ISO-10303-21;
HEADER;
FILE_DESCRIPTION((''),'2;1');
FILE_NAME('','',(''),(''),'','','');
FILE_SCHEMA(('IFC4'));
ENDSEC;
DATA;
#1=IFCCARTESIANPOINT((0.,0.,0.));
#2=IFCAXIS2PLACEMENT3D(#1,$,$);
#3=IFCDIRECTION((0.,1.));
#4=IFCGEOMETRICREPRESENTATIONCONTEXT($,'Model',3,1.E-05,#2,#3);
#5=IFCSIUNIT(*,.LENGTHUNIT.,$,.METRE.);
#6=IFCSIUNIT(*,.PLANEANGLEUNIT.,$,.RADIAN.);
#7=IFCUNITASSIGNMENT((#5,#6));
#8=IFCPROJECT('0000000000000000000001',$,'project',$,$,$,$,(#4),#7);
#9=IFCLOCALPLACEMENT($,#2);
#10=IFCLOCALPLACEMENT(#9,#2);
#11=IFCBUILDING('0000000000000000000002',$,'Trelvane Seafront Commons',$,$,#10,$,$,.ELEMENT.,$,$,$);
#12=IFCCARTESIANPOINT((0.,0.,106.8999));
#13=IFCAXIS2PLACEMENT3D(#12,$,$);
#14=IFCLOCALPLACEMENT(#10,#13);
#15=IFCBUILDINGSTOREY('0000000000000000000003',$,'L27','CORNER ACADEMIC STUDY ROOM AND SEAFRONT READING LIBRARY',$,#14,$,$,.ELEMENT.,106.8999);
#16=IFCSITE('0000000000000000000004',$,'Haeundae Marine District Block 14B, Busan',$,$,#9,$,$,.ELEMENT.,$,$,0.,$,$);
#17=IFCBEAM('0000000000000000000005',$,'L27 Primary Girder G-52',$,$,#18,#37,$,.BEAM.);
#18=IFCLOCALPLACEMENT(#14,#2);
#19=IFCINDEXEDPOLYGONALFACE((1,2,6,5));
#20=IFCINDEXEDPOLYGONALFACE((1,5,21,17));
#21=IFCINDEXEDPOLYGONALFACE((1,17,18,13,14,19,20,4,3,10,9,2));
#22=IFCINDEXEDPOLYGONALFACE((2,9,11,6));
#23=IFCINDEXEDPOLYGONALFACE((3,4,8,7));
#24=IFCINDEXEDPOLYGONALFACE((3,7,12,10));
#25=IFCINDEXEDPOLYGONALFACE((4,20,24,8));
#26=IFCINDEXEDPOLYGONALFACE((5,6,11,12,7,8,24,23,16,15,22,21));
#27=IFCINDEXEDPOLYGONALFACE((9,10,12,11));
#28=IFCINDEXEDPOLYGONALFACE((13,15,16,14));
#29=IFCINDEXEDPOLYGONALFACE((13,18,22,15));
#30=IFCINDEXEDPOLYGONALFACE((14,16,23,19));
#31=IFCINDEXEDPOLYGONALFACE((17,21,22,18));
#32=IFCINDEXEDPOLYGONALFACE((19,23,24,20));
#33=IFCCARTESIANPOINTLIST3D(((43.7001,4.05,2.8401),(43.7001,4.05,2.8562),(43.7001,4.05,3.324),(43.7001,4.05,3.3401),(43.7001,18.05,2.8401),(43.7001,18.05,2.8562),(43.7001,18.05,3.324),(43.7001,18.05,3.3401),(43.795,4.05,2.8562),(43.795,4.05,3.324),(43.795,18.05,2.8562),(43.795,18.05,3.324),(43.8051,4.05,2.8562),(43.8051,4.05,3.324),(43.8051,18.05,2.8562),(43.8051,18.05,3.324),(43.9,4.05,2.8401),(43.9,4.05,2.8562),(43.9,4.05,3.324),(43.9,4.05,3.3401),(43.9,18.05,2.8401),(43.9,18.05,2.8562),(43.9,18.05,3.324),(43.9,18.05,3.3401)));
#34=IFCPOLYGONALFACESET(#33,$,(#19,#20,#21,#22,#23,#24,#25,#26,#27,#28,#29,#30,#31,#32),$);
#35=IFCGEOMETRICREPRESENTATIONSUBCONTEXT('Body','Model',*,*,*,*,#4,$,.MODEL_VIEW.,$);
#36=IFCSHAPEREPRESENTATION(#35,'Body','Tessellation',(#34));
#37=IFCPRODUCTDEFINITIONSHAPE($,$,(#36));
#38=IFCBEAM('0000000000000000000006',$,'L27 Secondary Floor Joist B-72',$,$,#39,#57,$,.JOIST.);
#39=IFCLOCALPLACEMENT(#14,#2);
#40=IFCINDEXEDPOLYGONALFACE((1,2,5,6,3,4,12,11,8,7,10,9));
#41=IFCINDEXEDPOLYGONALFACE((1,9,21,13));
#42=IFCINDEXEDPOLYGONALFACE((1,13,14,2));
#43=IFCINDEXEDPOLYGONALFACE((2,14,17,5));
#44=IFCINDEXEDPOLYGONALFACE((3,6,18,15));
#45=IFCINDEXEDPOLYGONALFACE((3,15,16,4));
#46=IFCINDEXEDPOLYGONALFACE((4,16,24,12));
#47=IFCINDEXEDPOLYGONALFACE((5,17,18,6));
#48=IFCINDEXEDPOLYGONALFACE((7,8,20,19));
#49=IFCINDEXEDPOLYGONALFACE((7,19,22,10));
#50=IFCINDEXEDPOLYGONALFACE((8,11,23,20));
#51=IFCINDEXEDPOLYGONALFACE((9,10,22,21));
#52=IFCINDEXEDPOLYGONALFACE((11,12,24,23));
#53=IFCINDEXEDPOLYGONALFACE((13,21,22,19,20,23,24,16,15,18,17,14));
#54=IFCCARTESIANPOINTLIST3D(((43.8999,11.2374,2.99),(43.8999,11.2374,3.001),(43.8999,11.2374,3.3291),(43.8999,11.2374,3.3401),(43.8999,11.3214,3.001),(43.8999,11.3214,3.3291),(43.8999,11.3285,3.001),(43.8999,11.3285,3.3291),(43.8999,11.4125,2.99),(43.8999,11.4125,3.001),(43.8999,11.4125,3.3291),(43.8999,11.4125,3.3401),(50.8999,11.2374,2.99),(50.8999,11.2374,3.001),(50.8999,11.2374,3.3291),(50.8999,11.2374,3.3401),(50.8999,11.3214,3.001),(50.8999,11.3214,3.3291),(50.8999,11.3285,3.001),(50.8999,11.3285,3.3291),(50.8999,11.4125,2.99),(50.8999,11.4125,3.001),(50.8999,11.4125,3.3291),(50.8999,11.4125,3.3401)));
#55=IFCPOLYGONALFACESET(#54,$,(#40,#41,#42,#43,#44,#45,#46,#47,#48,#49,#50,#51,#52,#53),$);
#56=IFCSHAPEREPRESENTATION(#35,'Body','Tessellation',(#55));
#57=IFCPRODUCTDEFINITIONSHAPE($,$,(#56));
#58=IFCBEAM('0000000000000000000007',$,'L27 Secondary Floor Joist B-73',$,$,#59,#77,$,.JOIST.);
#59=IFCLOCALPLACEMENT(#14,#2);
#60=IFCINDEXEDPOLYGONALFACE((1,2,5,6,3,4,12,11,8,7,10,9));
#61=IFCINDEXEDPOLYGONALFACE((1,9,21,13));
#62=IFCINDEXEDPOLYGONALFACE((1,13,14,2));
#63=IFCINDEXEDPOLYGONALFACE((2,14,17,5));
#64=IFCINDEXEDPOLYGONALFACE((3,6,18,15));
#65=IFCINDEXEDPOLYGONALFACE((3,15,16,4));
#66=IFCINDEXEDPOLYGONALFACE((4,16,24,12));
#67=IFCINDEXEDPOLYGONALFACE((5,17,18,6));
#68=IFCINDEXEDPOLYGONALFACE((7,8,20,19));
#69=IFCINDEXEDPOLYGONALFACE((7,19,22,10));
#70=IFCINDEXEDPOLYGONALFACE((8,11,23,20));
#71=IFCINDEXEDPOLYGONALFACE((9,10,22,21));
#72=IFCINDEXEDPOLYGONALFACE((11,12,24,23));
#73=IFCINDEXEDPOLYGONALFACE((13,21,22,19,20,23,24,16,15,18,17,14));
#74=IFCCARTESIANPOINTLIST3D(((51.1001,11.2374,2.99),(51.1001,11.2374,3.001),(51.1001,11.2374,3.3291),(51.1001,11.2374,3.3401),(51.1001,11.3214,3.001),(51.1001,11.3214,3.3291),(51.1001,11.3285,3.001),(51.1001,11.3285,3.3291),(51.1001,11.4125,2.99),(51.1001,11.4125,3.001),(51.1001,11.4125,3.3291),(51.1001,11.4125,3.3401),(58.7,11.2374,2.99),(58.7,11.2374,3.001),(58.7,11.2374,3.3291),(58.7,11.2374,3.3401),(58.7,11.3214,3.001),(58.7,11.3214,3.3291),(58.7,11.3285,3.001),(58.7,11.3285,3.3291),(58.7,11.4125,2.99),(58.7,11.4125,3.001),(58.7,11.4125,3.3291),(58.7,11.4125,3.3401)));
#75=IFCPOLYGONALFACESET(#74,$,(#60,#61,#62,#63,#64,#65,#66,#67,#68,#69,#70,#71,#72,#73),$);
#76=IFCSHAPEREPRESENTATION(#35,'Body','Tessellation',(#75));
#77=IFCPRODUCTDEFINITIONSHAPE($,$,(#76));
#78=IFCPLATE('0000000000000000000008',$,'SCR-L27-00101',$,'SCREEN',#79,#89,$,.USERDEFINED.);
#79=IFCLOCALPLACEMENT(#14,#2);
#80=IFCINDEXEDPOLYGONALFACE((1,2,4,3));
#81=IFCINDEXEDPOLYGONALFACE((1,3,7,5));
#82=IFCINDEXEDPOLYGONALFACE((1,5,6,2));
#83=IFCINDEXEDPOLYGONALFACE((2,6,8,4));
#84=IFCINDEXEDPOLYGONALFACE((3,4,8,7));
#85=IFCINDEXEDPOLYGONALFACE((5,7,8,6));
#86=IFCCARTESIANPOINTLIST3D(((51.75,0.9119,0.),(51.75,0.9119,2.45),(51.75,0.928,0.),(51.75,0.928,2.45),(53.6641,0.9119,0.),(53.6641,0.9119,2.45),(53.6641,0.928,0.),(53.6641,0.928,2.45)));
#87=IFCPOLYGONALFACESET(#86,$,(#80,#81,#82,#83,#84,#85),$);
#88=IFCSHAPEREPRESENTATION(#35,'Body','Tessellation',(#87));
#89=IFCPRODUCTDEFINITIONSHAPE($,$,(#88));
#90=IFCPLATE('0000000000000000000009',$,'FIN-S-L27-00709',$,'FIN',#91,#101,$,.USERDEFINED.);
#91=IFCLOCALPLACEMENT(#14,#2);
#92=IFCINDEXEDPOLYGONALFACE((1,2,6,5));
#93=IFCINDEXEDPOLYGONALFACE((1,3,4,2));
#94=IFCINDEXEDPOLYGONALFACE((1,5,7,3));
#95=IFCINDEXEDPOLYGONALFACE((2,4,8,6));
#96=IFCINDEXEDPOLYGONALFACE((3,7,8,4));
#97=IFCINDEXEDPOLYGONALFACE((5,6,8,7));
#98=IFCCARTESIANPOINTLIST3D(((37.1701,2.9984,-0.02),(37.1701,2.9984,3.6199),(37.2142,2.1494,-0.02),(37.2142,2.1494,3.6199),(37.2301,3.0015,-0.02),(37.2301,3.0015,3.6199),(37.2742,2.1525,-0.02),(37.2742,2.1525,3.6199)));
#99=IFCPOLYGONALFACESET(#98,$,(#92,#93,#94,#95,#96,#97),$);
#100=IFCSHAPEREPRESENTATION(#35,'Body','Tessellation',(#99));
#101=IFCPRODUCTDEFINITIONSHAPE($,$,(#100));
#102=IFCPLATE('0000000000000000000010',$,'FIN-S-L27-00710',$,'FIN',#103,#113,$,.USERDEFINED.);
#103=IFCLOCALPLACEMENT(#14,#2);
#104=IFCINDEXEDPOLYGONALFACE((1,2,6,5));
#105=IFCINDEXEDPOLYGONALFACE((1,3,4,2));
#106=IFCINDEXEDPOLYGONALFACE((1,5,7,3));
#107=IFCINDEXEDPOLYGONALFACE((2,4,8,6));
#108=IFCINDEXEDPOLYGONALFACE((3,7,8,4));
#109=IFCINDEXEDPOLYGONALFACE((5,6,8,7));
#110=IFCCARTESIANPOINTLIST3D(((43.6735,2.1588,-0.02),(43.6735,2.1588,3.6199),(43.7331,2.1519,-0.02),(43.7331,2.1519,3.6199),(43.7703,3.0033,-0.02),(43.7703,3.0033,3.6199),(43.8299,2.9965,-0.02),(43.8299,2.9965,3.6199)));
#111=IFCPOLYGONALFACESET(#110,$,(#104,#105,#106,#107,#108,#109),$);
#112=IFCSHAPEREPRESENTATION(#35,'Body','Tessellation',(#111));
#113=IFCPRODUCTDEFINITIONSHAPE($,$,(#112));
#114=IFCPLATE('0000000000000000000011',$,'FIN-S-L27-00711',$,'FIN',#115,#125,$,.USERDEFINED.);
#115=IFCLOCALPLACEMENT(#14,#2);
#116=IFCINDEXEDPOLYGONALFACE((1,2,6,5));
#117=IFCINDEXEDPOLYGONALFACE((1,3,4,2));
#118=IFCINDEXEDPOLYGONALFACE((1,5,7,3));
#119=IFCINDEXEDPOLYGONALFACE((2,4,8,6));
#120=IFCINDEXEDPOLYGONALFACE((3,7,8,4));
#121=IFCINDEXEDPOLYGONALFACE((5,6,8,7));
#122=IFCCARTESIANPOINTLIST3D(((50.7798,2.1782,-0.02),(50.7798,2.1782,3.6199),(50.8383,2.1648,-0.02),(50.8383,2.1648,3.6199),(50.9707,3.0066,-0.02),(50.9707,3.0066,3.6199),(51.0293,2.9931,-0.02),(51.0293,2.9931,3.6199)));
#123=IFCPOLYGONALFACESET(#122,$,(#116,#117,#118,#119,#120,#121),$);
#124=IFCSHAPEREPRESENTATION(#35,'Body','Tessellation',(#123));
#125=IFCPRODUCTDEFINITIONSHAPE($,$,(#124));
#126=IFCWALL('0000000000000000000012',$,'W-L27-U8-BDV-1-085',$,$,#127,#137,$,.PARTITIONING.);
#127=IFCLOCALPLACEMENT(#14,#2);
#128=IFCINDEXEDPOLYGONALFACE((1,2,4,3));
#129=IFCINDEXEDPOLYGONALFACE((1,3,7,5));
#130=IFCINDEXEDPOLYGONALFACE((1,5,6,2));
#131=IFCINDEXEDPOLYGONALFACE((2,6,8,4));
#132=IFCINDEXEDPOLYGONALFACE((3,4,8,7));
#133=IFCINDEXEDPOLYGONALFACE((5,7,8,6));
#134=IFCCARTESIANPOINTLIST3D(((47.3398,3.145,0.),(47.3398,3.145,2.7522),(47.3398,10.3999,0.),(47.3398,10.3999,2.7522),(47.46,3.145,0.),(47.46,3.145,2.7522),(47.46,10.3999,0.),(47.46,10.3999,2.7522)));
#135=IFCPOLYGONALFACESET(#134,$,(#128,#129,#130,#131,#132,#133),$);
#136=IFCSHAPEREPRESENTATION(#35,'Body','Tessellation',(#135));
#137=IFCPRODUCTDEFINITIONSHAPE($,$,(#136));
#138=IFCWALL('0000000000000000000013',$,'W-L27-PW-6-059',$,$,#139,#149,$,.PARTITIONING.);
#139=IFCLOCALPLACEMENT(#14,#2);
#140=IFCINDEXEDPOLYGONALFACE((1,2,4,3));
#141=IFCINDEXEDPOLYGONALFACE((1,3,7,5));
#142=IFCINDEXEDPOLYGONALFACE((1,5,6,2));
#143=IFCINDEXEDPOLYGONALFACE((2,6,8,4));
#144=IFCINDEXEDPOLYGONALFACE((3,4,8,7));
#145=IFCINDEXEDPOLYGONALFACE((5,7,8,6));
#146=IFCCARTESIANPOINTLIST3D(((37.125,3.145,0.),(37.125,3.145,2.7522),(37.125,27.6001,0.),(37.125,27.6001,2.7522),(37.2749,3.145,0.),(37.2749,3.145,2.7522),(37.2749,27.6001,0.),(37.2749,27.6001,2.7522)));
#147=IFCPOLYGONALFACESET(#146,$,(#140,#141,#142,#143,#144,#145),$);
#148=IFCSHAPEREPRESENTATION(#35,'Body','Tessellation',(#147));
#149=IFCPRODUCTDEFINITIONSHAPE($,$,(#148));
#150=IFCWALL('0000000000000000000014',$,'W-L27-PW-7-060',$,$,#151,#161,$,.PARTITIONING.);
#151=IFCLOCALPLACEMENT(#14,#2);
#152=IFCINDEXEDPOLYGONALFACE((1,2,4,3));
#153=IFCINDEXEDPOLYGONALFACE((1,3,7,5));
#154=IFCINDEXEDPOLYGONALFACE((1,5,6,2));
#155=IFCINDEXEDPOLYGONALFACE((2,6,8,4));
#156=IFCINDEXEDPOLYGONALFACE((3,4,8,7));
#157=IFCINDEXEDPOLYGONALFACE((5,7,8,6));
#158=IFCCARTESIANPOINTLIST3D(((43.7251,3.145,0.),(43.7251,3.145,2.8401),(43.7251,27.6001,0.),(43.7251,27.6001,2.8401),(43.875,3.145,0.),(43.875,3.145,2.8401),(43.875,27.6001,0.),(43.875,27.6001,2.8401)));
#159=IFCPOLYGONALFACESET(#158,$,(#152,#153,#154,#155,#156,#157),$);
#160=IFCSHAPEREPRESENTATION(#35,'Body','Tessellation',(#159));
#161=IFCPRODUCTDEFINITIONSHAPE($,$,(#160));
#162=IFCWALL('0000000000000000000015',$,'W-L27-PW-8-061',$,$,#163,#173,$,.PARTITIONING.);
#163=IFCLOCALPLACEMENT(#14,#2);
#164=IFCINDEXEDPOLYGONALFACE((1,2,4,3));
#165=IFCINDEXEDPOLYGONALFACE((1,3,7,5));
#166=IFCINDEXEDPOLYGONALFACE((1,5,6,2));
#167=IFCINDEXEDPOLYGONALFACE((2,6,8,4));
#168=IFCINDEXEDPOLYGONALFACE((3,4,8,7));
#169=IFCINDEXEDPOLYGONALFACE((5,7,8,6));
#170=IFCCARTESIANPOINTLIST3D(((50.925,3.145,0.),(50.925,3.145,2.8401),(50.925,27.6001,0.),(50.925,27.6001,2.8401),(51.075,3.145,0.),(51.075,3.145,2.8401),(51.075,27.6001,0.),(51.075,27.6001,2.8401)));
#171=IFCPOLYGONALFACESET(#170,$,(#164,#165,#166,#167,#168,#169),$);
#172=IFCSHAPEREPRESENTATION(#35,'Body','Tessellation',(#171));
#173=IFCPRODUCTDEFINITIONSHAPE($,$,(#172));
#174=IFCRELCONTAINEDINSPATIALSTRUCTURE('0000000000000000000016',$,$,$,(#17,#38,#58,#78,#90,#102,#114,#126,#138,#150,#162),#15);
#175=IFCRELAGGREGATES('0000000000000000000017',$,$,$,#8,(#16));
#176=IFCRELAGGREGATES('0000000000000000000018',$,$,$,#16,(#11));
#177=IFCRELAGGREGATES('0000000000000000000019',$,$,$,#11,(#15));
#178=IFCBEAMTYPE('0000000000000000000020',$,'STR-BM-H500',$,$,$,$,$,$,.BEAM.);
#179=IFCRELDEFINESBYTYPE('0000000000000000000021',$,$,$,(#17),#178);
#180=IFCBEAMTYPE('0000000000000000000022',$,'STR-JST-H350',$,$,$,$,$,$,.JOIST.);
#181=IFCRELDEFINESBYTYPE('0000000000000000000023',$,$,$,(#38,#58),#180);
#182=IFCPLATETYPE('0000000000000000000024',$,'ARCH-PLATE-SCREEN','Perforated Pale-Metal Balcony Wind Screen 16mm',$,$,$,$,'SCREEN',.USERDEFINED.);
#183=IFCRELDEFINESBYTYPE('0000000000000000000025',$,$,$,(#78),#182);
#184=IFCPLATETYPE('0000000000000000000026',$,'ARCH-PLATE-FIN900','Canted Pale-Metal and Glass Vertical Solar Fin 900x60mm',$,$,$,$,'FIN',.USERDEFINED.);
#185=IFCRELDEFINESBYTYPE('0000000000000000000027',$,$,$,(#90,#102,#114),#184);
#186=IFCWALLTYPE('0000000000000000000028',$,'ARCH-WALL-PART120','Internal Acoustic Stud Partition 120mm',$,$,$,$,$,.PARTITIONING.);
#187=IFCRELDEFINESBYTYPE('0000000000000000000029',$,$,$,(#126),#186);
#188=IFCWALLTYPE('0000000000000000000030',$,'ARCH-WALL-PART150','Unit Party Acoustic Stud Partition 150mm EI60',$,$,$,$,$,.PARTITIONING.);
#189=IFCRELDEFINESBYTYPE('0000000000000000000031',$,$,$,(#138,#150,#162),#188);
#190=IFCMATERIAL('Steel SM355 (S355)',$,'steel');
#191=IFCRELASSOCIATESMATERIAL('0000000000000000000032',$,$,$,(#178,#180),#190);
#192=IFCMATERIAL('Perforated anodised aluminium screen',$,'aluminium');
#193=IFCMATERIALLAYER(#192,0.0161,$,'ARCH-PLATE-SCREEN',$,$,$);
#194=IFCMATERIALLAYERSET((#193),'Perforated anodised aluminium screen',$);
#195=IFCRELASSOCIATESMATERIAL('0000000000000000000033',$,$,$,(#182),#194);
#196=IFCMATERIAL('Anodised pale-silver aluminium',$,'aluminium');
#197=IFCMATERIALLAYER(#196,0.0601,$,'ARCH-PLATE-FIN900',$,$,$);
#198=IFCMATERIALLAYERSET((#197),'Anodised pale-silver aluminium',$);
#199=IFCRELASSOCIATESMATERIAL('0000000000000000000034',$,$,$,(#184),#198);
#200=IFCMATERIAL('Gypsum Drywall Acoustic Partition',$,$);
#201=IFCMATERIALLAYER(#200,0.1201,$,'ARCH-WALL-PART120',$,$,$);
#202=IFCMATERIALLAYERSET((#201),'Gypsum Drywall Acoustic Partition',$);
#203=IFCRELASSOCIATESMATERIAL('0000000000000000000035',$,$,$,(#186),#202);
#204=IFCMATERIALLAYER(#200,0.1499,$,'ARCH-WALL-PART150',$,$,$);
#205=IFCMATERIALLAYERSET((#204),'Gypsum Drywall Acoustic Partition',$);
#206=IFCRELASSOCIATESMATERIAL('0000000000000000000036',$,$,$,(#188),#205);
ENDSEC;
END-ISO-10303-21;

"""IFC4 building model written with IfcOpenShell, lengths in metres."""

from ifc_helpers import new_model, si_unit, direction, frame, frame_2d, origin, origin_2d, place, context, subcontext, project, spatial, rectangle, i_section, extrude, source, transform, mapped, material, layer, layer_set, material_profile, profile_set, type_object, element, save


model = new_model("IFC4")

# Units and contexts
model_context = context("Model", 3, precision=1e-05, world=origin(), true_north=direction((0.0, 1.0)))
body_context = subcontext(model_context, "Body", "Model", "MODEL_VIEW")
ifc_project = project(units=[si_unit("LENGTHUNIT", "METRE"), si_unit("PLANEANGLEUNIT", "RADIAN")], contexts=[model_context])

# Site, building, storey
site_placement = place(None, origin())
site = spatial("IfcSite", under=ifc_project, at=site_placement, Name="Haeundae Marine District Block 14B, Busan", CompositionType="ELEMENT", RefElevation=0.0)
building_placement = place(site_placement, origin())
building = spatial("IfcBuilding", under=site, at=building_placement, Name="Trelvane Seafront Commons", CompositionType="ELEMENT")
storey_placement = place(building_placement, frame((0.0, 0.0, 106.8999)))
storey = spatial("IfcBuildingStorey", under=building, at=storey_placement, Name="L27", Description="CORNER ACADEMIC STUDY ROOM AND SEAFRONT READING LIBRARY", CompositionType="ELEMENT", Elevation=106.8999)

# Shared definitions
ifc_material_1 = material(Name="Steel SM355 (S355)", Category="steel")

# Beams
ifc_material_profile_1 = material_profile(ifc_material_1, i_section(OverallWidth=0.2, OverallDepth=0.5, WebThickness=0.01, FlangeThickness=0.0161, at=origin_2d()), Name="H-500x200x10x16")
ifc_profile_set_1 = profile_set([ifc_material_profile_1], Name="Steel SM355 (S355)")
beam_type_1 = type_object("IfcBeamType", Name="STR-BM-H500", PredefinedType="BEAM", material=ifc_profile_set_1)
shared_shape_1 = source(origin(), body_context, "Body", "SweptSolid", [
    extrude(i_section(OverallWidth=0.2, OverallDepth=0.5, WebThickness=0.01, FlangeThickness=0.0161, at=origin_2d()), origin(), (0.0, 0.0, 1.0), 14.0),
])
beam_1_placement = place(storey_placement, frame((43.8, 4.05, 3.0901), z_axis=(0.0, 1.0, 0.0), x_axis=(-1.0, 0.0, 0.0)))
element("IfcBeam", 1, at=beam_1_placement, inside=storey, type_object=beam_type_1, Name="L27 Primary Girder G-52", PredefinedType="BEAM", context=body_context, shape_type="MappedRepresentation", body=[
    mapped(shared_shape_1, transform((0.0, 0.0, 0.0), x_axis=(1.0, 0.0, 0.0), y_axis=(0.0, 1.0, 0.0), z_axis=(0.0, 0.0, 1.0), scale=1.0)),
])
ifc_material_profile_2 = material_profile(ifc_material_1, i_section(OverallWidth=0.175, OverallDepth=0.3501, WebThickness=0.0071, FlangeThickness=0.011, at=origin_2d()), Name="H-350x175x7x11")
ifc_profile_set_2 = profile_set([ifc_material_profile_2], Name="Steel SM355 (S355)")
beam_type_2 = type_object("IfcBeamType", Name="STR-JST-H350", PredefinedType="JOIST", material=ifc_profile_set_2)
shared_shape_2 = source(origin(), body_context, "Body", "SweptSolid", [
    extrude(i_section(OverallWidth=0.175, OverallDepth=0.3501, WebThickness=0.0071, FlangeThickness=0.011, at=origin_2d()), origin(), (0.0, 0.0, 1.0), 7.0),
])
beam_2_placement = place(storey_placement, frame((43.8999, 11.325, 3.165), z_axis=(1.0, 0.0, 0.0), x_axis=(0.0, 1.0, 0.0)))
element("IfcBeam", 2, at=beam_2_placement, inside=storey, type_object=beam_type_2, Name="L27 Secondary Floor Joist B-72", PredefinedType="JOIST", context=body_context, shape_type="MappedRepresentation", body=[
    mapped(shared_shape_2, transform((0.0, 0.0, 0.0), x_axis=(1.0, 0.0, 0.0), y_axis=(0.0, 1.0, 0.0), z_axis=(0.0, 0.0, 1.0), scale=1.0)),
])
shared_shape_3 = source(origin(), body_context, "Body", "SweptSolid", [
    extrude(i_section(OverallWidth=0.175, OverallDepth=0.3501, WebThickness=0.0071, FlangeThickness=0.011, at=origin_2d()), origin(), (0.0, 0.0, 1.0), 7.5999),
])
beam_3_placement = place(storey_placement, frame((51.1001, 11.325, 3.165), z_axis=(1.0, 0.0, 0.0), x_axis=(0.0, 1.0, 0.0)))
element("IfcBeam", 3, at=beam_3_placement, inside=storey, type_object=beam_type_2, Name="L27 Secondary Floor Joist B-73", PredefinedType="JOIST", context=body_context, shape_type="MappedRepresentation", body=[
    mapped(shared_shape_3, transform((0.0, 0.0, 0.0), x_axis=(1.0, 0.0, 0.0), y_axis=(0.0, 1.0, 0.0), z_axis=(0.0, 0.0, 1.0), scale=1.0)),
])

# Plates
ifc_material_2 = material(Name="Perforated anodised aluminium screen", Category="aluminium")
ifc_layer_1 = layer(ifc_material_2, 0.0161, Name="ARCH-PLATE-SCREEN")
ifc_layer_set_1 = layer_set([ifc_layer_1], Name="Perforated anodised aluminium screen")
plate_type_1 = type_object("IfcPlateType", Name="ARCH-PLATE-SCREEN", Description="Perforated Pale-Metal Balcony Wind Screen 16mm", ElementType="SCREEN", PredefinedType="USERDEFINED", material=ifc_layer_set_1)
shared_shape_4 = source(origin(), body_context, "Body", "SweptSolid", [
    extrude(rectangle(XDim=1.9141, YDim=0.0161, at=origin_2d()), origin(), (0.0, 0.0, 1.0), 2.45),
])
plate_placement = place(storey_placement, frame((52.707, 0.9199, 0.0), z_axis=(0.0, 0.0, 1.0), x_axis=(1.0, 0.0, 0.0)))
element("IfcPlate", 4, at=plate_placement, inside=storey, type_object=plate_type_1, Name="SCR-L27-00101", ObjectType="SCREEN", PredefinedType="USERDEFINED", context=body_context, shape_type="MappedRepresentation", body=[
    mapped(shared_shape_4, transform((0.0, 0.0, 0.0), x_axis=(1.0, 0.0, 0.0), y_axis=(0.0, 1.0, 0.0), z_axis=(0.0, 0.0, 1.0), scale=1.0)),
])
ifc_material_3 = material(Name="Anodised pale-silver aluminium", Category="aluminium")
ifc_layer_2 = layer(ifc_material_3, 0.0601, Name="ARCH-PLATE-FIN900")
ifc_layer_set_2 = layer_set([ifc_layer_2], Name="Anodised pale-silver aluminium")
plate_type_2 = type_object("IfcPlateType", Name="ARCH-PLATE-FIN900", Description="Canted Pale-Metal and Glass Vertical Solar Fin 900x60mm", ElementType="FIN", PredefinedType="USERDEFINED", material=ifc_layer_set_2)
shared_shape_5 = source(origin(), body_context, "Body", "SweptSolid", [
    extrude(rectangle(XDim=0.8501, YDim=0.0601, at=origin_2d()), origin(), (0.0, 0.0, 1.0), 3.6399),
])
for number, where, z_axis, x_axis, name in (
    (5, (37.2222, 2.5754, -0.02), (0.0, 0.0, 1.0), (0.051879, -0.998653, 0.0), "FIN-S-L27-00709"),
    (6, (43.7517, 2.5776, -0.02), (0.0, 0.0, 1.0), (-0.113878, -0.993495, 0.0), "FIN-S-L27-00710"),
    (7, (50.9045, 2.5857, -0.02), (0.0, 0.0, 1.0), (-0.224584, -0.974455, 0.0), "FIN-S-L27-00711"),
):
    element("IfcPlate", number, at=place(storey_placement, frame(where, z_axis=z_axis, x_axis=x_axis)), inside=storey, type_object=plate_type_2, Name=name, ObjectType="FIN", PredefinedType="USERDEFINED", context=body_context, shape_type="MappedRepresentation", body=[
        mapped(shared_shape_5, transform((0.0, 0.0, 0.0), x_axis=(1.0, 0.0, 0.0), y_axis=(0.0, 1.0, 0.0), z_axis=(0.0, 0.0, 1.0), scale=1.0)),
    ])

# Shared definitions
ifc_material_4 = material(Name="Gypsum Drywall Acoustic Partition")
ifc_layer_3 = layer(ifc_material_4, 0.1201, Name="ARCH-WALL-PART120")
ifc_layer_set_3 = layer_set([ifc_layer_3], Name="Gypsum Drywall Acoustic Partition")
wall_type_1 = type_object("IfcWallType", Name="ARCH-WALL-PART120", Description="Internal Acoustic Stud Partition 120mm", PredefinedType="PARTITIONING", material=ifc_layer_set_3)

# Walls
wall_1_placement = place(storey_placement, frame((47.3999, 3.145, 0.0), z_axis=(0.0, 0.0, 1.0), x_axis=(0.0, 1.0, 0.0)))
element("IfcWall", 8, at=wall_1_placement, inside=storey, type_object=wall_type_1, Name="W-L27-U8-BDV-1-085", PredefinedType="PARTITIONING", context=body_context, shape_type="SweptSolid", body=[
    extrude(rectangle(XDim=7.2549, YDim=0.1201, at=frame_2d((3.6274, 0.0))), origin(), (0.0, 0.0, 1.0), 2.7522),
])
ifc_layer_4 = layer(ifc_material_4, 0.1499, Name="ARCH-WALL-PART150")
ifc_layer_set_4 = layer_set([ifc_layer_4], Name="Gypsum Drywall Acoustic Partition")
wall_type_2 = type_object("IfcWallType", Name="ARCH-WALL-PART150", Description="Unit Party Acoustic Stud Partition 150mm EI60", PredefinedType="PARTITIONING", material=ifc_layer_set_4)
wall_2_placement = place(storey_placement, frame((37.2, 3.145, 0.0), z_axis=(0.0, 0.0, 1.0), x_axis=(0.0, 1.0, 0.0)))
element("IfcWall", 9, at=wall_2_placement, inside=storey, type_object=wall_type_2, Name="W-L27-PW-6-059", PredefinedType="PARTITIONING", context=body_context, shape_type="SweptSolid", body=[
    extrude(rectangle(XDim=24.4551, YDim=0.1499, at=frame_2d((12.2275, 0.0))), origin(), (0.0, 0.0, 1.0), 2.7522),
])
for number, where, z_axis, x_axis, name in (
    (10, (43.8, 3.145, 0.0), (0.0, 0.0, 1.0), (0.0, 1.0, 0.0), "W-L27-PW-7-060"),
    (11, (51.0, 3.145, 0.0), (0.0, 0.0, 1.0), (0.0, 1.0, 0.0), "W-L27-PW-8-061"),
):
    element("IfcWall", number, at=place(storey_placement, frame(where, z_axis=z_axis, x_axis=x_axis)), inside=storey, type_object=wall_type_2, Name=name, PredefinedType="PARTITIONING", context=body_context, shape_type="SweptSolid", body=[
        extrude(rectangle(XDim=24.4551, YDim=0.1499, at=frame_2d((12.2275, 0.0))), origin(), (0.0, 0.0, 1.0), 2.8401),
    ])

save(model, "model.ifc")
